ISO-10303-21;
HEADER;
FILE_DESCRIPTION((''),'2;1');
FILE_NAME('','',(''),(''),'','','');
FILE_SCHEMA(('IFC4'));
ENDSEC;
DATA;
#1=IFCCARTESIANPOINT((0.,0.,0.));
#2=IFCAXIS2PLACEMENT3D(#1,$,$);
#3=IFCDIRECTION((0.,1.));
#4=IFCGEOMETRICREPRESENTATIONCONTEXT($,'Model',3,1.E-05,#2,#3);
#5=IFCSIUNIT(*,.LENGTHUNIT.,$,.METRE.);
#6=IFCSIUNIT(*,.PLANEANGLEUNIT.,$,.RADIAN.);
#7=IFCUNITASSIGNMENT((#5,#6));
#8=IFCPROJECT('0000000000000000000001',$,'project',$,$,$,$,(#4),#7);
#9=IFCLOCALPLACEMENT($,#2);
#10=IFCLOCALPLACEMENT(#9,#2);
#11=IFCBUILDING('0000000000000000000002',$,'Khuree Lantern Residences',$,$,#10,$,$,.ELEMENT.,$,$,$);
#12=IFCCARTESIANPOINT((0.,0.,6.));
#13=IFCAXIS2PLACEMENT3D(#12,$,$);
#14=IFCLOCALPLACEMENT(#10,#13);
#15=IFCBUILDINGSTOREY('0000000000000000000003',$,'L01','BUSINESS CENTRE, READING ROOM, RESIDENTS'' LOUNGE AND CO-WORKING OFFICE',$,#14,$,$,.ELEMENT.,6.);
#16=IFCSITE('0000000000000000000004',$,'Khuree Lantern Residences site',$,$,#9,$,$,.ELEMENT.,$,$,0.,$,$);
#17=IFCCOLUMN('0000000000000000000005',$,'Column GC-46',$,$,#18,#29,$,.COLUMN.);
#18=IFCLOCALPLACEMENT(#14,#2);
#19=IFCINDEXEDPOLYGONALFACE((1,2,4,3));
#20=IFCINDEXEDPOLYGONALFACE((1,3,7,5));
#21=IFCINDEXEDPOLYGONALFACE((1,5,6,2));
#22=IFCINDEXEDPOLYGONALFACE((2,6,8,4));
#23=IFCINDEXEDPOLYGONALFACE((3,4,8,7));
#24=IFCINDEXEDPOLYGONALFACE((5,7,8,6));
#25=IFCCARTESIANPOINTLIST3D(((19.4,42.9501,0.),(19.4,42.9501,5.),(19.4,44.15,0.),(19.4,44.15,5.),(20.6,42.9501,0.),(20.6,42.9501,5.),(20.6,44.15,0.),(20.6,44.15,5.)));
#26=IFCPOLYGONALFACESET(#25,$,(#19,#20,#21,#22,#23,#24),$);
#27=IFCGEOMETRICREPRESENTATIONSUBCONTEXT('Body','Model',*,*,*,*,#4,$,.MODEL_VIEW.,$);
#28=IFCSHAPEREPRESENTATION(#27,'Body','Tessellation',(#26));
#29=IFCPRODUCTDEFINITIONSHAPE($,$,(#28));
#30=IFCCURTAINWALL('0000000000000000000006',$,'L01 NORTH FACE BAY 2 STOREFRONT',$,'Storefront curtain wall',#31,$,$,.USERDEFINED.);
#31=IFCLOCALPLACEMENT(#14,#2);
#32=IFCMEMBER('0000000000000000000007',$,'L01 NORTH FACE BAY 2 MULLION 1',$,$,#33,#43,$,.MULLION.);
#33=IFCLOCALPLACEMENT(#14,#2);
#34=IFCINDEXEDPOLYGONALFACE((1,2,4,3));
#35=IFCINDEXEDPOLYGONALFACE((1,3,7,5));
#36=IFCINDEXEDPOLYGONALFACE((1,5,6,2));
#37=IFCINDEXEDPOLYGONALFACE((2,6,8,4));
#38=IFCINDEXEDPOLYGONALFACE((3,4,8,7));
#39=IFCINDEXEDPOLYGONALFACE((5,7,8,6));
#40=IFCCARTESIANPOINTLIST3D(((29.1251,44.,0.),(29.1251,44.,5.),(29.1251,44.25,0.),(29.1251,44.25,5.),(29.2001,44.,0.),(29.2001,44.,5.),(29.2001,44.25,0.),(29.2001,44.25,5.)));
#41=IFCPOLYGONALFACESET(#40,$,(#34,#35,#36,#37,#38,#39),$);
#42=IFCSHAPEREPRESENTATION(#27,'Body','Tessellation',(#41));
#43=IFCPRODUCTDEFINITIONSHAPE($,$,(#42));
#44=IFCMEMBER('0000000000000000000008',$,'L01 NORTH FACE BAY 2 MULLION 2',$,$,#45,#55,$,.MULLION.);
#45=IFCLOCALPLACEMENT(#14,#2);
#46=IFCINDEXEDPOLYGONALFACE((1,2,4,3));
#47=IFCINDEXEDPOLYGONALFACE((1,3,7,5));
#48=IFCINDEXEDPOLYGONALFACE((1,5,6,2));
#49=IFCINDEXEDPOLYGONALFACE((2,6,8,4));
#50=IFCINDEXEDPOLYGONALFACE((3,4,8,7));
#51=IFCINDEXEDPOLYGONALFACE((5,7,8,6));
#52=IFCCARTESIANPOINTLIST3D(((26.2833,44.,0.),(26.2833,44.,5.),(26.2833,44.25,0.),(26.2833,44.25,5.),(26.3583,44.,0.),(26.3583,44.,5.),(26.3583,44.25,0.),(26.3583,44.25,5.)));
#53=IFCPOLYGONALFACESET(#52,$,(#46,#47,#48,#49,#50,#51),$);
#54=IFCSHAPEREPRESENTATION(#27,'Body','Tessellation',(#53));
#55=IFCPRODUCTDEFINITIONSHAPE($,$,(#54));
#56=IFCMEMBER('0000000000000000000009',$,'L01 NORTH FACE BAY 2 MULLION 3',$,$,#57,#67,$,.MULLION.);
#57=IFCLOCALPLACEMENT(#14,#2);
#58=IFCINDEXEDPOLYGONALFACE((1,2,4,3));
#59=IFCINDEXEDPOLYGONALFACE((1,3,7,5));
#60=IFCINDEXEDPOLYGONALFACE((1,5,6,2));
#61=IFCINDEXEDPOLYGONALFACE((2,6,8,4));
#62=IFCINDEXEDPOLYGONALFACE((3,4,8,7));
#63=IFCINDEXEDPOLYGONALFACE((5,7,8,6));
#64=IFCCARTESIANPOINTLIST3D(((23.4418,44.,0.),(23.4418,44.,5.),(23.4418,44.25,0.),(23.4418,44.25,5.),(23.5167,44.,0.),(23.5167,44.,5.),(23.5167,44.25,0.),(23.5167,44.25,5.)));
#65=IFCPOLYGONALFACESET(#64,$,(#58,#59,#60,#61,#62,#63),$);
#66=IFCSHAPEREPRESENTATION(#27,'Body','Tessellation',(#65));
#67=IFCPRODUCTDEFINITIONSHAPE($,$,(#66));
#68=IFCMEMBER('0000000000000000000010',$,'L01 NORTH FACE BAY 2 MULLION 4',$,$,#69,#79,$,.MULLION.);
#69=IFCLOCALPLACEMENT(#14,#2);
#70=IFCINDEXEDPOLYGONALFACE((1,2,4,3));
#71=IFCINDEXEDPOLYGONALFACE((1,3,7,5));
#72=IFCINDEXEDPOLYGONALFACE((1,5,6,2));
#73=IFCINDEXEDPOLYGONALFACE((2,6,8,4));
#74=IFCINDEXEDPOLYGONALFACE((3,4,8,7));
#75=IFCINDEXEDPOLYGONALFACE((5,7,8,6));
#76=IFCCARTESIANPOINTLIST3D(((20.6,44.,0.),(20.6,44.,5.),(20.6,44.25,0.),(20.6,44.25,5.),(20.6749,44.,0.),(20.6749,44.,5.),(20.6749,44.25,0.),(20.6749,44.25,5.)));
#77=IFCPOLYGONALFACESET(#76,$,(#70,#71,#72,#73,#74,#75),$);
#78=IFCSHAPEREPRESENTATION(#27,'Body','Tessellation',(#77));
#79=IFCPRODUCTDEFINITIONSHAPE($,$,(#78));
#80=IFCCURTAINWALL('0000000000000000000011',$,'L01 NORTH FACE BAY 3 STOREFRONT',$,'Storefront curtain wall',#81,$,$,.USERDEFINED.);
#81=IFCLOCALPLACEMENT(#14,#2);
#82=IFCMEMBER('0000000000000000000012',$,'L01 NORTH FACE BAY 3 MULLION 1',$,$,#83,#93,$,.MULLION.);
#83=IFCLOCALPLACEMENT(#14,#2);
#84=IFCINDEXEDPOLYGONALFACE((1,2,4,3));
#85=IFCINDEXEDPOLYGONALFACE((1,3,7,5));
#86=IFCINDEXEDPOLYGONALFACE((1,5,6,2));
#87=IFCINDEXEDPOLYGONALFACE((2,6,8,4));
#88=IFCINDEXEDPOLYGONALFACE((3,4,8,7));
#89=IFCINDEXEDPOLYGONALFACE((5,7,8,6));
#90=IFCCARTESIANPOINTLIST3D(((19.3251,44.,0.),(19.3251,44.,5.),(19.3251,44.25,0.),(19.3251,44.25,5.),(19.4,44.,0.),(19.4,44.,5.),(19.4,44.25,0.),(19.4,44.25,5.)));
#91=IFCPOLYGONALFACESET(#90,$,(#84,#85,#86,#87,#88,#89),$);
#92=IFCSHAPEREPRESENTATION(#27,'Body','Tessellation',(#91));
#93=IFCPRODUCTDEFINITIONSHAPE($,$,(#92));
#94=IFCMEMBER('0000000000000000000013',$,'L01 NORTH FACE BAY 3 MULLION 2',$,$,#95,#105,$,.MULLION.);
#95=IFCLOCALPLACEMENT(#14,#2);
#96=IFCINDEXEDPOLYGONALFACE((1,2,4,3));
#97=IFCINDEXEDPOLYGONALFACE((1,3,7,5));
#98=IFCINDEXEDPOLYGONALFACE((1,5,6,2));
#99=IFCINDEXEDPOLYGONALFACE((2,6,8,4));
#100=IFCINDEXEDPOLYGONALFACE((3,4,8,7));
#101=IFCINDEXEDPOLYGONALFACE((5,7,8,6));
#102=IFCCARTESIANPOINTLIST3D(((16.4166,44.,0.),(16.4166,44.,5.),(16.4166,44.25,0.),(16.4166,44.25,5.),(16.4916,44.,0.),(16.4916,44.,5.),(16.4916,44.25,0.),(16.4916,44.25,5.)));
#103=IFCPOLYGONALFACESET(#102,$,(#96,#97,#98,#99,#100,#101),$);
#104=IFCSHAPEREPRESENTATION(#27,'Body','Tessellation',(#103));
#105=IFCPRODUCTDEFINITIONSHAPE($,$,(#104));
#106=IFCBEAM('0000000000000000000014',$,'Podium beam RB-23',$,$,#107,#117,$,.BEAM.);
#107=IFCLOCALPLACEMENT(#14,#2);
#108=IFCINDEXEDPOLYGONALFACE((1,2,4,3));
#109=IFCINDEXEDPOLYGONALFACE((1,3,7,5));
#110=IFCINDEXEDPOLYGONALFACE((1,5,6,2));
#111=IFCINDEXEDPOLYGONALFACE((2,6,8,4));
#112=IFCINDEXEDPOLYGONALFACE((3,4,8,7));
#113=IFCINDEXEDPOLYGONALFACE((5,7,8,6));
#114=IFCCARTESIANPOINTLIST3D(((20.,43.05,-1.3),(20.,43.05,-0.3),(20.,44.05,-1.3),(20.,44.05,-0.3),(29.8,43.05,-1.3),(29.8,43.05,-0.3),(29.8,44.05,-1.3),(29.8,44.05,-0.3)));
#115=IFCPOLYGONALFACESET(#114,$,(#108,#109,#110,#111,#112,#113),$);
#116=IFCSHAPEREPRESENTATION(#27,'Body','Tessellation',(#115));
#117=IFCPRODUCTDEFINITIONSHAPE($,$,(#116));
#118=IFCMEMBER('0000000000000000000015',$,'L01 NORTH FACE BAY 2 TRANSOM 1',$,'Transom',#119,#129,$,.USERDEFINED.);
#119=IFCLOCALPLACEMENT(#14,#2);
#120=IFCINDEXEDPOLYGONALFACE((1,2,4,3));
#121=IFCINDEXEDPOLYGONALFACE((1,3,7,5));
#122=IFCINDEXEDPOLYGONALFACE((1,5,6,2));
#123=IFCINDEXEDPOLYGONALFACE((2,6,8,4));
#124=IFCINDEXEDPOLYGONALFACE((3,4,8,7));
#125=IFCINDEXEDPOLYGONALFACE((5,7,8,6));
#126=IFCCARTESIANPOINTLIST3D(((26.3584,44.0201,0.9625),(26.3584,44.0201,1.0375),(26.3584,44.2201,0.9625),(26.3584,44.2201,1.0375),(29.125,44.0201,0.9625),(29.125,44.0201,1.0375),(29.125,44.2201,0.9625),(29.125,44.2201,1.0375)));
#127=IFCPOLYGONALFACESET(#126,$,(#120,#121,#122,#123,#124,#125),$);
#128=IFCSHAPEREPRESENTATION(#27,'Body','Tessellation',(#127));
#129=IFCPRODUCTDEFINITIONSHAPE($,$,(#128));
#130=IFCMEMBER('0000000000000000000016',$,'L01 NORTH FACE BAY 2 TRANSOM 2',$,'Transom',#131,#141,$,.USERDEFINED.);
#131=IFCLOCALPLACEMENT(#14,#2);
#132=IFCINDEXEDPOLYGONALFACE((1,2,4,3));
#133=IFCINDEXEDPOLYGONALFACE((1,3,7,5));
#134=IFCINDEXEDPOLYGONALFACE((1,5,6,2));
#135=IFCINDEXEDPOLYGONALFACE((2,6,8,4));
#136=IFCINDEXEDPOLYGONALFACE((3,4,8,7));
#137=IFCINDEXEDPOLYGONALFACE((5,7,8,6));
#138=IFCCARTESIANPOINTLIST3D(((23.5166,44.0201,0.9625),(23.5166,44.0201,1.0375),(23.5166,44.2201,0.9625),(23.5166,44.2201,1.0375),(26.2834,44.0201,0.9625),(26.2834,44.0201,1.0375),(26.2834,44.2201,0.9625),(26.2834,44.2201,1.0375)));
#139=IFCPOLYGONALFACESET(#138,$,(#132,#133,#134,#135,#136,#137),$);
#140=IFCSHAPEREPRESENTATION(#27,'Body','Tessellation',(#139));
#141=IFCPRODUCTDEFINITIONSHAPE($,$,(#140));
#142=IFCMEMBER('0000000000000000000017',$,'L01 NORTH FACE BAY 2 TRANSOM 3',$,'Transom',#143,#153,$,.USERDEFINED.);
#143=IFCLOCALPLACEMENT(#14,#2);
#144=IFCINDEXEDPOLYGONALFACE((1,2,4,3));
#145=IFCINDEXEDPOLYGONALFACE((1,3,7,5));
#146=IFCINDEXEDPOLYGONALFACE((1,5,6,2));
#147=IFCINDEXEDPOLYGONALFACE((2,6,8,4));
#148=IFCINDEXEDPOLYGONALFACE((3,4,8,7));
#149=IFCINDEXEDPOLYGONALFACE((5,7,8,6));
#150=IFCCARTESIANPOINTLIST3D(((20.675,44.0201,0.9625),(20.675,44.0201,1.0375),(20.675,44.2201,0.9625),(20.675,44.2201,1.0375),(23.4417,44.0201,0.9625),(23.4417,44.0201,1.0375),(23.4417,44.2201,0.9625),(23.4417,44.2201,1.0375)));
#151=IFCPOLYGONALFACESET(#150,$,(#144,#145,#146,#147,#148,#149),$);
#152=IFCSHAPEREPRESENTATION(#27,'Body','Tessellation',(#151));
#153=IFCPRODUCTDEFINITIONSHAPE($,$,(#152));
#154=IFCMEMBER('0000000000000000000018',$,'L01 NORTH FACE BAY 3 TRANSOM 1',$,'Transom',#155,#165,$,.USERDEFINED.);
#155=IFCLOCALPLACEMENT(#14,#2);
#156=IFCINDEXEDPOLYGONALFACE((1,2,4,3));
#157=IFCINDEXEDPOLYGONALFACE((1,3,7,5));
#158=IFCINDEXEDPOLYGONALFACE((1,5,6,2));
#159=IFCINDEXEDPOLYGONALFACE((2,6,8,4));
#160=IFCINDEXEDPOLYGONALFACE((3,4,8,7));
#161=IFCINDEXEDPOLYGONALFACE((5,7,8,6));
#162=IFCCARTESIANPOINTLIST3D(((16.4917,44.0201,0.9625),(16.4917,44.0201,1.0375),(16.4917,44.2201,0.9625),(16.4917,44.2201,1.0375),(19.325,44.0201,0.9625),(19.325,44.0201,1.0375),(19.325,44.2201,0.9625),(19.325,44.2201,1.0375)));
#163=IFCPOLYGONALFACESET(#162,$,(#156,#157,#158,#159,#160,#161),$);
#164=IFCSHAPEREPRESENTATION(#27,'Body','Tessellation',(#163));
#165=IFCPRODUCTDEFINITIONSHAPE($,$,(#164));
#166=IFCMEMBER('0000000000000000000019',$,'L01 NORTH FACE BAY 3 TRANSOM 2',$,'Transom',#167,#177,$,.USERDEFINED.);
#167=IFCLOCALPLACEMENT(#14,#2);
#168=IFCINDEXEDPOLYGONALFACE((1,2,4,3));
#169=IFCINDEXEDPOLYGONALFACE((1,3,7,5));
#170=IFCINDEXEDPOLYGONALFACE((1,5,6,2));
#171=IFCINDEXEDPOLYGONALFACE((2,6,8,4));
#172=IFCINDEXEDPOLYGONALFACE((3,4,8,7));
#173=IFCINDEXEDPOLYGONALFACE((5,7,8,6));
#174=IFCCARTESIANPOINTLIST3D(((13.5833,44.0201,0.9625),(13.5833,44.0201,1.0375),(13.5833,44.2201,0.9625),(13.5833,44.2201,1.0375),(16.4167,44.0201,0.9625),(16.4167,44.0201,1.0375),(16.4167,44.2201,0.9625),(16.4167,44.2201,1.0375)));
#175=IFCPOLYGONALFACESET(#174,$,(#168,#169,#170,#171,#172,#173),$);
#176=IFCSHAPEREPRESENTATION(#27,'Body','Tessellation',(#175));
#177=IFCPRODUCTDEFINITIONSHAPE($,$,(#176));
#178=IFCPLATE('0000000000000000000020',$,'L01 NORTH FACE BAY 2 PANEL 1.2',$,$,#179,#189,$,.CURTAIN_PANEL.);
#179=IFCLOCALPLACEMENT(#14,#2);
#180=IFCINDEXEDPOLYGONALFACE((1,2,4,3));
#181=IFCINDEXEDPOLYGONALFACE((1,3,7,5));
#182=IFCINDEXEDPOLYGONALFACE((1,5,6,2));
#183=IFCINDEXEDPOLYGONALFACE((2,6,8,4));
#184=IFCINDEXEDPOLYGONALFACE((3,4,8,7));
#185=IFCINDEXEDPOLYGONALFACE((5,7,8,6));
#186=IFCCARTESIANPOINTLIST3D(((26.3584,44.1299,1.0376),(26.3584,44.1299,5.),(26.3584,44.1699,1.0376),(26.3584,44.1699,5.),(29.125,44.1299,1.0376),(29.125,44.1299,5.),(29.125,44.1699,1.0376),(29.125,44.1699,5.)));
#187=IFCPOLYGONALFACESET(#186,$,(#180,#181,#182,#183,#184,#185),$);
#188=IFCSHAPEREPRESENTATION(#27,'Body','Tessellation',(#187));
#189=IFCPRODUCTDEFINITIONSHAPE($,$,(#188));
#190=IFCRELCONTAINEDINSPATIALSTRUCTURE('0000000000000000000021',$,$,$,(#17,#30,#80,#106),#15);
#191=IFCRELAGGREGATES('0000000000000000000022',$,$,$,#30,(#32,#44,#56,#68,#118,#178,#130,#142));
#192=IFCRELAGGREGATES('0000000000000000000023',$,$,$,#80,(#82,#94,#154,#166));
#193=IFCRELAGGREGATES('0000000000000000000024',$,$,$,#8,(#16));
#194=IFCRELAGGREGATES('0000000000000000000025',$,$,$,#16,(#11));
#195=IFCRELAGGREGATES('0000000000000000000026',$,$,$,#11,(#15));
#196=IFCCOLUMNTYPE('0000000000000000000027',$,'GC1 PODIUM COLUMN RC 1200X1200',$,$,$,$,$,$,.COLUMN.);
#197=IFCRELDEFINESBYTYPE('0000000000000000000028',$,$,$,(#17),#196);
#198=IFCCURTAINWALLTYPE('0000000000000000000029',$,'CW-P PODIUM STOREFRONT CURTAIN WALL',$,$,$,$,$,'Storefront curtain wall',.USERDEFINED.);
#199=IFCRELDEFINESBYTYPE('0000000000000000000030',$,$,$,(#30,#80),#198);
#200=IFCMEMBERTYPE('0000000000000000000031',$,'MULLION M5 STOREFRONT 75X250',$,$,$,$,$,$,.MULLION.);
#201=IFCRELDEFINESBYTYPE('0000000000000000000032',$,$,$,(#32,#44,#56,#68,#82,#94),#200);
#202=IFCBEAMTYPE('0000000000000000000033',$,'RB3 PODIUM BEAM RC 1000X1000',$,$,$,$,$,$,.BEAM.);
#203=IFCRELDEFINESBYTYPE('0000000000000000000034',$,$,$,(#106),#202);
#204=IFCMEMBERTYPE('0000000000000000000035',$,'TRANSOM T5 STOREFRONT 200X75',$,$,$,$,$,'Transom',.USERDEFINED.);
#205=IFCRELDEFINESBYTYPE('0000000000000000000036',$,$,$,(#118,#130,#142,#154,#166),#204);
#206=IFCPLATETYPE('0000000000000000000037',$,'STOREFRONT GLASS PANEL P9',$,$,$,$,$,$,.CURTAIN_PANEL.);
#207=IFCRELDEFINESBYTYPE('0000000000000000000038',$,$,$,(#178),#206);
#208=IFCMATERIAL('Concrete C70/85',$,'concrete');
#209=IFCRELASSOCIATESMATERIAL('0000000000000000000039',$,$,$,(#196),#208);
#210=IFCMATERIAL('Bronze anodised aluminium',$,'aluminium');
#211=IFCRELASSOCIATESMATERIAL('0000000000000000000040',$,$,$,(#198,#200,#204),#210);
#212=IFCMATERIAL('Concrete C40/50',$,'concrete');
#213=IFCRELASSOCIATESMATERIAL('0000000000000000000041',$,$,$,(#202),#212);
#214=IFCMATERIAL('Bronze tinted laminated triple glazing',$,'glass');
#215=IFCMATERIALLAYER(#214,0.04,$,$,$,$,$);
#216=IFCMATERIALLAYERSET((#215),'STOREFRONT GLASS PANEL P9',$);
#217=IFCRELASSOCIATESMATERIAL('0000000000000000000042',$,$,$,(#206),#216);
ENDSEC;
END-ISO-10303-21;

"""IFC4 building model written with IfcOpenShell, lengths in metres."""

from ifc_helpers import new_model, si_unit, direction, frame, origin, origin_2d, place, context, subcontext, project, spatial, rectangle, extrude, material, layer, layer_set, material_profile, profile_set, type_object, element, aggregate, save


model = new_model("IFC4")

# Units and contexts
model_context = context("Model", 3, precision=1e-05, world=origin(), true_north=direction((0.0, 1.0)))
body_context = subcontext(model_context, "Body", "Model", "MODEL_VIEW")
ifc_project = project(units=[si_unit("LENGTHUNIT", "METRE"), si_unit("PLANEANGLEUNIT", "RADIAN")], contexts=[model_context])

# Site, building, storey
site_placement = place(None, origin())
site = spatial("IfcSite", under=ifc_project, at=site_placement, Name="Khuree Lantern Residences site", CompositionType="ELEMENT", RefElevation=0.0)
building_placement = place(site_placement, origin())
building = spatial("IfcBuilding", under=site, at=building_placement, Name="Khuree Lantern Residences", CompositionType="ELEMENT")
storey_placement = place(building_placement, frame((0.0, 0.0, 6.0)))
storey = spatial("IfcBuildingStorey", under=building, at=storey_placement, Name="L01", Description="BUSINESS CENTRE, READING ROOM, RESIDENTS' LOUNGE AND CO-WORKING OFFICE", CompositionType="ELEMENT", Elevation=6.0)

# Column
ifc_material_1 = material(Name="Concrete C70/85", Category="concrete")
ifc_material_profile_1 = material_profile(ifc_material_1, rectangle(XDim=1.2, YDim=1.2, at=origin_2d()), Name="RC 1200X1200")
ifc_profile_set_1 = profile_set([ifc_material_profile_1], Name="Concrete C70/85")
column_type = type_object("IfcColumnType", Name="GC1 PODIUM COLUMN RC 1200X1200", PredefinedType="COLUMN", material=ifc_profile_set_1)
column_placement = place(storey_placement, frame((20.0, 43.55, 0.0), z_axis=(0.0, 0.0, 1.0), x_axis=(1.0, 0.0, 0.0)))
element("IfcColumn", 1, at=column_placement, inside=storey, type_object=column_type, Name="Column GC-46", PredefinedType="COLUMN", context=body_context, shape_type="SweptSolid", body=[
    extrude(rectangle(XDim=1.2, YDim=1.2, at=origin_2d()), origin(), (0.0, 0.0, 1.0), 5.0),
])

# Curtain walls, members
ifc_material_2 = material(Name="Bronze anodised aluminium", Category="aluminium")
curtain_wall_type = type_object("IfcCurtainWallType", Name="CW-P PODIUM STOREFRONT CURTAIN WALL", ElementType="Storefront curtain wall", PredefinedType="USERDEFINED", material=ifc_material_2)
curtain_wall_1_placement = place(storey_placement, origin())
curtain_wall_1 = element("IfcCurtainWall", 2, at=curtain_wall_1_placement, inside=storey, type_object=curtain_wall_type, Name="L01 NORTH FACE BAY 2 STOREFRONT", ObjectType="Storefront curtain wall", PredefinedType="USERDEFINED")
ifc_material_profile_2 = material_profile(ifc_material_2, rectangle(XDim=0.075, YDim=0.25, at=origin_2d()), Name="M5 75X250")
ifc_profile_set_2 = profile_set([ifc_material_profile_2], Name="Bronze anodised aluminium")
member_type_1 = type_object("IfcMemberType", Name="MULLION M5 STOREFRONT 75X250", PredefinedType="MULLION", material=ifc_profile_set_2)
member_1_placement = place(storey_placement, frame((29.1626, 44.125, 0.0), z_axis=(0.0, 0.0, 1.0), x_axis=(-1.0, 0.0, 0.0)))
member_1 = element("IfcMember", 3, at=member_1_placement, type_object=member_type_1, Name="L01 NORTH FACE BAY 2 MULLION 1", PredefinedType="MULLION", context=body_context, shape_type="SweptSolid", body=[
    extrude(rectangle(XDim=0.075, YDim=0.25, at=origin_2d()), origin(), (0.0, 0.0, 1.0), 5.0),
])
member_2_placement = place(storey_placement, frame((26.3208, 44.125, 0.0), z_axis=(0.0, 0.0, 1.0), x_axis=(-1.0, 0.0, 0.0)))
member_2 = element("IfcMember", 4, at=member_2_placement, type_object=member_type_1, Name="L01 NORTH FACE BAY 2 MULLION 2", PredefinedType="MULLION", context=body_context, shape_type="SweptSolid", body=[
    extrude(rectangle(XDim=0.075, YDim=0.25, at=origin_2d()), origin(), (0.0, 0.0, 1.0), 5.0),
])
member_3_placement = place(storey_placement, frame((23.4792, 44.125, 0.0), z_axis=(0.0, 0.0, 1.0), x_axis=(-1.0, 0.0, 0.0)))
member_3 = element("IfcMember", 5, at=member_3_placement, type_object=member_type_1, Name="L01 NORTH FACE BAY 2 MULLION 3", PredefinedType="MULLION", context=body_context, shape_type="SweptSolid", body=[
    extrude(rectangle(XDim=0.075, YDim=0.25, at=origin_2d()), origin(), (0.0, 0.0, 1.0), 5.0),
])
member_4_placement = place(storey_placement, frame((20.6375, 44.125, 0.0), z_axis=(0.0, 0.0, 1.0), x_axis=(-1.0, 0.0, 0.0)))
member_4 = element("IfcMember", 6, at=member_4_placement, type_object=member_type_1, Name="L01 NORTH FACE BAY 2 MULLION 4", PredefinedType="MULLION", context=body_context, shape_type="SweptSolid", body=[
    extrude(rectangle(XDim=0.075, YDim=0.25, at=origin_2d()), origin(), (0.0, 0.0, 1.0), 5.0),
])
curtain_wall_2_placement = place(storey_placement, origin())
curtain_wall_2 = element("IfcCurtainWall", 7, at=curtain_wall_2_placement, inside=storey, type_object=curtain_wall_type, Name="L01 NORTH FACE BAY 3 STOREFRONT", ObjectType="Storefront curtain wall", PredefinedType="USERDEFINED")
member_5_placement = place(storey_placement, frame((19.3625, 44.125, 0.0), z_axis=(0.0, 0.0, 1.0), x_axis=(-1.0, 0.0, 0.0)))
member_5 = element("IfcMember", 8, at=member_5_placement, type_object=member_type_1, Name="L01 NORTH FACE BAY 3 MULLION 1", PredefinedType="MULLION", context=body_context, shape_type="SweptSolid", body=[
    extrude(rectangle(XDim=0.075, YDim=0.25, at=origin_2d()), origin(), (0.0, 0.0, 1.0), 5.0),
])
member_6_placement = place(storey_placement, frame((16.4541, 44.125, 0.0), z_axis=(0.0, 0.0, 1.0), x_axis=(-1.0, 0.0, 0.0)))
member_6 = element("IfcMember", 9, at=member_6_placement, type_object=member_type_1, Name="L01 NORTH FACE BAY 3 MULLION 2", PredefinedType="MULLION", context=body_context, shape_type="SweptSolid", body=[
    extrude(rectangle(XDim=0.075, YDim=0.25, at=origin_2d()), origin(), (0.0, 0.0, 1.0), 5.0),
])

# Beam
ifc_material_3 = material(Name="Concrete C40/50", Category="concrete")
ifc_material_profile_3 = material_profile(ifc_material_3, rectangle(XDim=1.0, YDim=1.0, at=origin_2d()), Name="RC 1000X1000")
ifc_profile_set_3 = profile_set([ifc_material_profile_3], Name="Concrete C40/50")
beam_type = type_object("IfcBeamType", Name="RB3 PODIUM BEAM RC 1000X1000", PredefinedType="BEAM", material=ifc_profile_set_3)
beam_placement = place(storey_placement, frame((20.0, 43.55, -0.8), z_axis=(1.0, 0.0, 0.0), x_axis=(0.0, 1.0, 0.0)))
element("IfcBeam", 10, at=beam_placement, inside=storey, type_object=beam_type, Name="Podium beam RB-23", PredefinedType="BEAM", context=body_context, shape_type="SweptSolid", body=[
    extrude(rectangle(XDim=1.0, YDim=1.0, at=origin_2d()), origin(), (0.0, 0.0, 1.0), 9.8),
])

# Members
ifc_material_profile_4 = material_profile(ifc_material_2, rectangle(XDim=0.2, YDim=0.075, at=origin_2d()), Name="T5 200X75")
ifc_profile_set_4 = profile_set([ifc_material_profile_4], Name="Bronze anodised aluminium")
member_type_2 = type_object("IfcMemberType", Name="TRANSOM T5 STOREFRONT 200X75", ElementType="Transom", PredefinedType="USERDEFINED", material=ifc_profile_set_4)
member_7_placement = place(storey_placement, frame((29.125, 44.1201, 1.0), z_axis=(-1.0, 0.0, 0.0), x_axis=(0.0, -1.0, 0.0)))
member_7 = element("IfcMember", 11, at=member_7_placement, type_object=member_type_2, Name="L01 NORTH FACE BAY 2 TRANSOM 1", ObjectType="Transom", PredefinedType="USERDEFINED", context=body_context, shape_type="SweptSolid", body=[
    extrude(rectangle(XDim=0.2, YDim=0.075, at=origin_2d()), origin(), (0.0, 0.0, 1.0), 2.7666),
])
member_8_placement = place(storey_placement, frame((26.2834, 44.1201, 1.0), z_axis=(-1.0, 0.0, 0.0), x_axis=(0.0, -1.0, 0.0)))
member_8 = element("IfcMember", 12, at=member_8_placement, type_object=member_type_2, Name="L01 NORTH FACE BAY 2 TRANSOM 2", ObjectType="Transom", PredefinedType="USERDEFINED", context=body_context, shape_type="SweptSolid", body=[
    extrude(rectangle(XDim=0.2, YDim=0.075, at=origin_2d()), origin(), (0.0, 0.0, 1.0), 2.7668),
])
member_9_placement = place(storey_placement, frame((23.4417, 44.1201, 1.0), z_axis=(-1.0, 0.0, 0.0), x_axis=(0.0, -1.0, 0.0)))
member_9 = element("IfcMember", 13, at=member_9_placement, type_object=member_type_2, Name="L01 NORTH FACE BAY 2 TRANSOM 3", ObjectType="Transom", PredefinedType="USERDEFINED", context=body_context, shape_type="SweptSolid", body=[
    extrude(rectangle(XDim=0.2, YDim=0.075, at=origin_2d()), origin(), (0.0, 0.0, 1.0), 2.7666),
])
member_10_placement = place(storey_placement, frame((19.325, 44.1201, 1.0), z_axis=(-1.0, 0.0, 0.0), x_axis=(0.0, -1.0, 0.0)))
member_10 = element("IfcMember", 14, at=member_10_placement, type_object=member_type_2, Name="L01 NORTH FACE BAY 3 TRANSOM 1", ObjectType="Transom", PredefinedType="USERDEFINED", context=body_context, shape_type="SweptSolid", body=[
    extrude(rectangle(XDim=0.2, YDim=0.075, at=origin_2d()), origin(), (0.0, 0.0, 1.0), 2.8333),
])
member_11_placement = place(storey_placement, frame((16.4167, 44.1201, 1.0), z_axis=(-1.0, 0.0, 0.0), x_axis=(0.0, -1.0, 0.0)))
member_11 = element("IfcMember", 15, at=member_11_placement, type_object=member_type_2, Name="L01 NORTH FACE BAY 3 TRANSOM 2", ObjectType="Transom", PredefinedType="USERDEFINED", context=body_context, shape_type="SweptSolid", body=[
    extrude(rectangle(XDim=0.2, YDim=0.075, at=origin_2d()), origin(), (0.0, 0.0, 1.0), 2.8335),
])

# Plate
ifc_material_4 = material(Name="Bronze tinted laminated triple glazing", Category="glass")
ifc_layer_1 = layer(ifc_material_4, 0.04)
ifc_layer_set_1 = layer_set([ifc_layer_1], Name="STOREFRONT GLASS PANEL P9")
plate_type_1 = type_object("IfcPlateType", Name="STOREFRONT GLASS PANEL P9", PredefinedType="CURTAIN_PANEL", material=ifc_layer_set_1)
plate_1_placement = place(storey_placement, frame((27.7417, 44.1499, 1.0376), z_axis=(0.0, 0.0, 1.0), x_axis=(-1.0, 0.0, 0.0)))
plate_1 = element("IfcPlate", 16, at=plate_1_placement, type_object=plate_type_1, Name="L01 NORTH FACE BAY 2 PANEL 1.2", PredefinedType="CURTAIN_PANEL", context=body_context, shape_type="SweptSolid", body=[
    extrude(rectangle(XDim=2.7666, YDim=0.04, at=origin_2d()), origin(), (0.0, 0.0, 1.0), 3.9624),
])
aggregate(curtain_wall_1, [member_1, member_2, member_3, member_4, member_7, plate_1, member_8, member_9])
aggregate(curtain_wall_2, [member_5, member_6, member_10, member_11])

save(model, "model.ifc")
